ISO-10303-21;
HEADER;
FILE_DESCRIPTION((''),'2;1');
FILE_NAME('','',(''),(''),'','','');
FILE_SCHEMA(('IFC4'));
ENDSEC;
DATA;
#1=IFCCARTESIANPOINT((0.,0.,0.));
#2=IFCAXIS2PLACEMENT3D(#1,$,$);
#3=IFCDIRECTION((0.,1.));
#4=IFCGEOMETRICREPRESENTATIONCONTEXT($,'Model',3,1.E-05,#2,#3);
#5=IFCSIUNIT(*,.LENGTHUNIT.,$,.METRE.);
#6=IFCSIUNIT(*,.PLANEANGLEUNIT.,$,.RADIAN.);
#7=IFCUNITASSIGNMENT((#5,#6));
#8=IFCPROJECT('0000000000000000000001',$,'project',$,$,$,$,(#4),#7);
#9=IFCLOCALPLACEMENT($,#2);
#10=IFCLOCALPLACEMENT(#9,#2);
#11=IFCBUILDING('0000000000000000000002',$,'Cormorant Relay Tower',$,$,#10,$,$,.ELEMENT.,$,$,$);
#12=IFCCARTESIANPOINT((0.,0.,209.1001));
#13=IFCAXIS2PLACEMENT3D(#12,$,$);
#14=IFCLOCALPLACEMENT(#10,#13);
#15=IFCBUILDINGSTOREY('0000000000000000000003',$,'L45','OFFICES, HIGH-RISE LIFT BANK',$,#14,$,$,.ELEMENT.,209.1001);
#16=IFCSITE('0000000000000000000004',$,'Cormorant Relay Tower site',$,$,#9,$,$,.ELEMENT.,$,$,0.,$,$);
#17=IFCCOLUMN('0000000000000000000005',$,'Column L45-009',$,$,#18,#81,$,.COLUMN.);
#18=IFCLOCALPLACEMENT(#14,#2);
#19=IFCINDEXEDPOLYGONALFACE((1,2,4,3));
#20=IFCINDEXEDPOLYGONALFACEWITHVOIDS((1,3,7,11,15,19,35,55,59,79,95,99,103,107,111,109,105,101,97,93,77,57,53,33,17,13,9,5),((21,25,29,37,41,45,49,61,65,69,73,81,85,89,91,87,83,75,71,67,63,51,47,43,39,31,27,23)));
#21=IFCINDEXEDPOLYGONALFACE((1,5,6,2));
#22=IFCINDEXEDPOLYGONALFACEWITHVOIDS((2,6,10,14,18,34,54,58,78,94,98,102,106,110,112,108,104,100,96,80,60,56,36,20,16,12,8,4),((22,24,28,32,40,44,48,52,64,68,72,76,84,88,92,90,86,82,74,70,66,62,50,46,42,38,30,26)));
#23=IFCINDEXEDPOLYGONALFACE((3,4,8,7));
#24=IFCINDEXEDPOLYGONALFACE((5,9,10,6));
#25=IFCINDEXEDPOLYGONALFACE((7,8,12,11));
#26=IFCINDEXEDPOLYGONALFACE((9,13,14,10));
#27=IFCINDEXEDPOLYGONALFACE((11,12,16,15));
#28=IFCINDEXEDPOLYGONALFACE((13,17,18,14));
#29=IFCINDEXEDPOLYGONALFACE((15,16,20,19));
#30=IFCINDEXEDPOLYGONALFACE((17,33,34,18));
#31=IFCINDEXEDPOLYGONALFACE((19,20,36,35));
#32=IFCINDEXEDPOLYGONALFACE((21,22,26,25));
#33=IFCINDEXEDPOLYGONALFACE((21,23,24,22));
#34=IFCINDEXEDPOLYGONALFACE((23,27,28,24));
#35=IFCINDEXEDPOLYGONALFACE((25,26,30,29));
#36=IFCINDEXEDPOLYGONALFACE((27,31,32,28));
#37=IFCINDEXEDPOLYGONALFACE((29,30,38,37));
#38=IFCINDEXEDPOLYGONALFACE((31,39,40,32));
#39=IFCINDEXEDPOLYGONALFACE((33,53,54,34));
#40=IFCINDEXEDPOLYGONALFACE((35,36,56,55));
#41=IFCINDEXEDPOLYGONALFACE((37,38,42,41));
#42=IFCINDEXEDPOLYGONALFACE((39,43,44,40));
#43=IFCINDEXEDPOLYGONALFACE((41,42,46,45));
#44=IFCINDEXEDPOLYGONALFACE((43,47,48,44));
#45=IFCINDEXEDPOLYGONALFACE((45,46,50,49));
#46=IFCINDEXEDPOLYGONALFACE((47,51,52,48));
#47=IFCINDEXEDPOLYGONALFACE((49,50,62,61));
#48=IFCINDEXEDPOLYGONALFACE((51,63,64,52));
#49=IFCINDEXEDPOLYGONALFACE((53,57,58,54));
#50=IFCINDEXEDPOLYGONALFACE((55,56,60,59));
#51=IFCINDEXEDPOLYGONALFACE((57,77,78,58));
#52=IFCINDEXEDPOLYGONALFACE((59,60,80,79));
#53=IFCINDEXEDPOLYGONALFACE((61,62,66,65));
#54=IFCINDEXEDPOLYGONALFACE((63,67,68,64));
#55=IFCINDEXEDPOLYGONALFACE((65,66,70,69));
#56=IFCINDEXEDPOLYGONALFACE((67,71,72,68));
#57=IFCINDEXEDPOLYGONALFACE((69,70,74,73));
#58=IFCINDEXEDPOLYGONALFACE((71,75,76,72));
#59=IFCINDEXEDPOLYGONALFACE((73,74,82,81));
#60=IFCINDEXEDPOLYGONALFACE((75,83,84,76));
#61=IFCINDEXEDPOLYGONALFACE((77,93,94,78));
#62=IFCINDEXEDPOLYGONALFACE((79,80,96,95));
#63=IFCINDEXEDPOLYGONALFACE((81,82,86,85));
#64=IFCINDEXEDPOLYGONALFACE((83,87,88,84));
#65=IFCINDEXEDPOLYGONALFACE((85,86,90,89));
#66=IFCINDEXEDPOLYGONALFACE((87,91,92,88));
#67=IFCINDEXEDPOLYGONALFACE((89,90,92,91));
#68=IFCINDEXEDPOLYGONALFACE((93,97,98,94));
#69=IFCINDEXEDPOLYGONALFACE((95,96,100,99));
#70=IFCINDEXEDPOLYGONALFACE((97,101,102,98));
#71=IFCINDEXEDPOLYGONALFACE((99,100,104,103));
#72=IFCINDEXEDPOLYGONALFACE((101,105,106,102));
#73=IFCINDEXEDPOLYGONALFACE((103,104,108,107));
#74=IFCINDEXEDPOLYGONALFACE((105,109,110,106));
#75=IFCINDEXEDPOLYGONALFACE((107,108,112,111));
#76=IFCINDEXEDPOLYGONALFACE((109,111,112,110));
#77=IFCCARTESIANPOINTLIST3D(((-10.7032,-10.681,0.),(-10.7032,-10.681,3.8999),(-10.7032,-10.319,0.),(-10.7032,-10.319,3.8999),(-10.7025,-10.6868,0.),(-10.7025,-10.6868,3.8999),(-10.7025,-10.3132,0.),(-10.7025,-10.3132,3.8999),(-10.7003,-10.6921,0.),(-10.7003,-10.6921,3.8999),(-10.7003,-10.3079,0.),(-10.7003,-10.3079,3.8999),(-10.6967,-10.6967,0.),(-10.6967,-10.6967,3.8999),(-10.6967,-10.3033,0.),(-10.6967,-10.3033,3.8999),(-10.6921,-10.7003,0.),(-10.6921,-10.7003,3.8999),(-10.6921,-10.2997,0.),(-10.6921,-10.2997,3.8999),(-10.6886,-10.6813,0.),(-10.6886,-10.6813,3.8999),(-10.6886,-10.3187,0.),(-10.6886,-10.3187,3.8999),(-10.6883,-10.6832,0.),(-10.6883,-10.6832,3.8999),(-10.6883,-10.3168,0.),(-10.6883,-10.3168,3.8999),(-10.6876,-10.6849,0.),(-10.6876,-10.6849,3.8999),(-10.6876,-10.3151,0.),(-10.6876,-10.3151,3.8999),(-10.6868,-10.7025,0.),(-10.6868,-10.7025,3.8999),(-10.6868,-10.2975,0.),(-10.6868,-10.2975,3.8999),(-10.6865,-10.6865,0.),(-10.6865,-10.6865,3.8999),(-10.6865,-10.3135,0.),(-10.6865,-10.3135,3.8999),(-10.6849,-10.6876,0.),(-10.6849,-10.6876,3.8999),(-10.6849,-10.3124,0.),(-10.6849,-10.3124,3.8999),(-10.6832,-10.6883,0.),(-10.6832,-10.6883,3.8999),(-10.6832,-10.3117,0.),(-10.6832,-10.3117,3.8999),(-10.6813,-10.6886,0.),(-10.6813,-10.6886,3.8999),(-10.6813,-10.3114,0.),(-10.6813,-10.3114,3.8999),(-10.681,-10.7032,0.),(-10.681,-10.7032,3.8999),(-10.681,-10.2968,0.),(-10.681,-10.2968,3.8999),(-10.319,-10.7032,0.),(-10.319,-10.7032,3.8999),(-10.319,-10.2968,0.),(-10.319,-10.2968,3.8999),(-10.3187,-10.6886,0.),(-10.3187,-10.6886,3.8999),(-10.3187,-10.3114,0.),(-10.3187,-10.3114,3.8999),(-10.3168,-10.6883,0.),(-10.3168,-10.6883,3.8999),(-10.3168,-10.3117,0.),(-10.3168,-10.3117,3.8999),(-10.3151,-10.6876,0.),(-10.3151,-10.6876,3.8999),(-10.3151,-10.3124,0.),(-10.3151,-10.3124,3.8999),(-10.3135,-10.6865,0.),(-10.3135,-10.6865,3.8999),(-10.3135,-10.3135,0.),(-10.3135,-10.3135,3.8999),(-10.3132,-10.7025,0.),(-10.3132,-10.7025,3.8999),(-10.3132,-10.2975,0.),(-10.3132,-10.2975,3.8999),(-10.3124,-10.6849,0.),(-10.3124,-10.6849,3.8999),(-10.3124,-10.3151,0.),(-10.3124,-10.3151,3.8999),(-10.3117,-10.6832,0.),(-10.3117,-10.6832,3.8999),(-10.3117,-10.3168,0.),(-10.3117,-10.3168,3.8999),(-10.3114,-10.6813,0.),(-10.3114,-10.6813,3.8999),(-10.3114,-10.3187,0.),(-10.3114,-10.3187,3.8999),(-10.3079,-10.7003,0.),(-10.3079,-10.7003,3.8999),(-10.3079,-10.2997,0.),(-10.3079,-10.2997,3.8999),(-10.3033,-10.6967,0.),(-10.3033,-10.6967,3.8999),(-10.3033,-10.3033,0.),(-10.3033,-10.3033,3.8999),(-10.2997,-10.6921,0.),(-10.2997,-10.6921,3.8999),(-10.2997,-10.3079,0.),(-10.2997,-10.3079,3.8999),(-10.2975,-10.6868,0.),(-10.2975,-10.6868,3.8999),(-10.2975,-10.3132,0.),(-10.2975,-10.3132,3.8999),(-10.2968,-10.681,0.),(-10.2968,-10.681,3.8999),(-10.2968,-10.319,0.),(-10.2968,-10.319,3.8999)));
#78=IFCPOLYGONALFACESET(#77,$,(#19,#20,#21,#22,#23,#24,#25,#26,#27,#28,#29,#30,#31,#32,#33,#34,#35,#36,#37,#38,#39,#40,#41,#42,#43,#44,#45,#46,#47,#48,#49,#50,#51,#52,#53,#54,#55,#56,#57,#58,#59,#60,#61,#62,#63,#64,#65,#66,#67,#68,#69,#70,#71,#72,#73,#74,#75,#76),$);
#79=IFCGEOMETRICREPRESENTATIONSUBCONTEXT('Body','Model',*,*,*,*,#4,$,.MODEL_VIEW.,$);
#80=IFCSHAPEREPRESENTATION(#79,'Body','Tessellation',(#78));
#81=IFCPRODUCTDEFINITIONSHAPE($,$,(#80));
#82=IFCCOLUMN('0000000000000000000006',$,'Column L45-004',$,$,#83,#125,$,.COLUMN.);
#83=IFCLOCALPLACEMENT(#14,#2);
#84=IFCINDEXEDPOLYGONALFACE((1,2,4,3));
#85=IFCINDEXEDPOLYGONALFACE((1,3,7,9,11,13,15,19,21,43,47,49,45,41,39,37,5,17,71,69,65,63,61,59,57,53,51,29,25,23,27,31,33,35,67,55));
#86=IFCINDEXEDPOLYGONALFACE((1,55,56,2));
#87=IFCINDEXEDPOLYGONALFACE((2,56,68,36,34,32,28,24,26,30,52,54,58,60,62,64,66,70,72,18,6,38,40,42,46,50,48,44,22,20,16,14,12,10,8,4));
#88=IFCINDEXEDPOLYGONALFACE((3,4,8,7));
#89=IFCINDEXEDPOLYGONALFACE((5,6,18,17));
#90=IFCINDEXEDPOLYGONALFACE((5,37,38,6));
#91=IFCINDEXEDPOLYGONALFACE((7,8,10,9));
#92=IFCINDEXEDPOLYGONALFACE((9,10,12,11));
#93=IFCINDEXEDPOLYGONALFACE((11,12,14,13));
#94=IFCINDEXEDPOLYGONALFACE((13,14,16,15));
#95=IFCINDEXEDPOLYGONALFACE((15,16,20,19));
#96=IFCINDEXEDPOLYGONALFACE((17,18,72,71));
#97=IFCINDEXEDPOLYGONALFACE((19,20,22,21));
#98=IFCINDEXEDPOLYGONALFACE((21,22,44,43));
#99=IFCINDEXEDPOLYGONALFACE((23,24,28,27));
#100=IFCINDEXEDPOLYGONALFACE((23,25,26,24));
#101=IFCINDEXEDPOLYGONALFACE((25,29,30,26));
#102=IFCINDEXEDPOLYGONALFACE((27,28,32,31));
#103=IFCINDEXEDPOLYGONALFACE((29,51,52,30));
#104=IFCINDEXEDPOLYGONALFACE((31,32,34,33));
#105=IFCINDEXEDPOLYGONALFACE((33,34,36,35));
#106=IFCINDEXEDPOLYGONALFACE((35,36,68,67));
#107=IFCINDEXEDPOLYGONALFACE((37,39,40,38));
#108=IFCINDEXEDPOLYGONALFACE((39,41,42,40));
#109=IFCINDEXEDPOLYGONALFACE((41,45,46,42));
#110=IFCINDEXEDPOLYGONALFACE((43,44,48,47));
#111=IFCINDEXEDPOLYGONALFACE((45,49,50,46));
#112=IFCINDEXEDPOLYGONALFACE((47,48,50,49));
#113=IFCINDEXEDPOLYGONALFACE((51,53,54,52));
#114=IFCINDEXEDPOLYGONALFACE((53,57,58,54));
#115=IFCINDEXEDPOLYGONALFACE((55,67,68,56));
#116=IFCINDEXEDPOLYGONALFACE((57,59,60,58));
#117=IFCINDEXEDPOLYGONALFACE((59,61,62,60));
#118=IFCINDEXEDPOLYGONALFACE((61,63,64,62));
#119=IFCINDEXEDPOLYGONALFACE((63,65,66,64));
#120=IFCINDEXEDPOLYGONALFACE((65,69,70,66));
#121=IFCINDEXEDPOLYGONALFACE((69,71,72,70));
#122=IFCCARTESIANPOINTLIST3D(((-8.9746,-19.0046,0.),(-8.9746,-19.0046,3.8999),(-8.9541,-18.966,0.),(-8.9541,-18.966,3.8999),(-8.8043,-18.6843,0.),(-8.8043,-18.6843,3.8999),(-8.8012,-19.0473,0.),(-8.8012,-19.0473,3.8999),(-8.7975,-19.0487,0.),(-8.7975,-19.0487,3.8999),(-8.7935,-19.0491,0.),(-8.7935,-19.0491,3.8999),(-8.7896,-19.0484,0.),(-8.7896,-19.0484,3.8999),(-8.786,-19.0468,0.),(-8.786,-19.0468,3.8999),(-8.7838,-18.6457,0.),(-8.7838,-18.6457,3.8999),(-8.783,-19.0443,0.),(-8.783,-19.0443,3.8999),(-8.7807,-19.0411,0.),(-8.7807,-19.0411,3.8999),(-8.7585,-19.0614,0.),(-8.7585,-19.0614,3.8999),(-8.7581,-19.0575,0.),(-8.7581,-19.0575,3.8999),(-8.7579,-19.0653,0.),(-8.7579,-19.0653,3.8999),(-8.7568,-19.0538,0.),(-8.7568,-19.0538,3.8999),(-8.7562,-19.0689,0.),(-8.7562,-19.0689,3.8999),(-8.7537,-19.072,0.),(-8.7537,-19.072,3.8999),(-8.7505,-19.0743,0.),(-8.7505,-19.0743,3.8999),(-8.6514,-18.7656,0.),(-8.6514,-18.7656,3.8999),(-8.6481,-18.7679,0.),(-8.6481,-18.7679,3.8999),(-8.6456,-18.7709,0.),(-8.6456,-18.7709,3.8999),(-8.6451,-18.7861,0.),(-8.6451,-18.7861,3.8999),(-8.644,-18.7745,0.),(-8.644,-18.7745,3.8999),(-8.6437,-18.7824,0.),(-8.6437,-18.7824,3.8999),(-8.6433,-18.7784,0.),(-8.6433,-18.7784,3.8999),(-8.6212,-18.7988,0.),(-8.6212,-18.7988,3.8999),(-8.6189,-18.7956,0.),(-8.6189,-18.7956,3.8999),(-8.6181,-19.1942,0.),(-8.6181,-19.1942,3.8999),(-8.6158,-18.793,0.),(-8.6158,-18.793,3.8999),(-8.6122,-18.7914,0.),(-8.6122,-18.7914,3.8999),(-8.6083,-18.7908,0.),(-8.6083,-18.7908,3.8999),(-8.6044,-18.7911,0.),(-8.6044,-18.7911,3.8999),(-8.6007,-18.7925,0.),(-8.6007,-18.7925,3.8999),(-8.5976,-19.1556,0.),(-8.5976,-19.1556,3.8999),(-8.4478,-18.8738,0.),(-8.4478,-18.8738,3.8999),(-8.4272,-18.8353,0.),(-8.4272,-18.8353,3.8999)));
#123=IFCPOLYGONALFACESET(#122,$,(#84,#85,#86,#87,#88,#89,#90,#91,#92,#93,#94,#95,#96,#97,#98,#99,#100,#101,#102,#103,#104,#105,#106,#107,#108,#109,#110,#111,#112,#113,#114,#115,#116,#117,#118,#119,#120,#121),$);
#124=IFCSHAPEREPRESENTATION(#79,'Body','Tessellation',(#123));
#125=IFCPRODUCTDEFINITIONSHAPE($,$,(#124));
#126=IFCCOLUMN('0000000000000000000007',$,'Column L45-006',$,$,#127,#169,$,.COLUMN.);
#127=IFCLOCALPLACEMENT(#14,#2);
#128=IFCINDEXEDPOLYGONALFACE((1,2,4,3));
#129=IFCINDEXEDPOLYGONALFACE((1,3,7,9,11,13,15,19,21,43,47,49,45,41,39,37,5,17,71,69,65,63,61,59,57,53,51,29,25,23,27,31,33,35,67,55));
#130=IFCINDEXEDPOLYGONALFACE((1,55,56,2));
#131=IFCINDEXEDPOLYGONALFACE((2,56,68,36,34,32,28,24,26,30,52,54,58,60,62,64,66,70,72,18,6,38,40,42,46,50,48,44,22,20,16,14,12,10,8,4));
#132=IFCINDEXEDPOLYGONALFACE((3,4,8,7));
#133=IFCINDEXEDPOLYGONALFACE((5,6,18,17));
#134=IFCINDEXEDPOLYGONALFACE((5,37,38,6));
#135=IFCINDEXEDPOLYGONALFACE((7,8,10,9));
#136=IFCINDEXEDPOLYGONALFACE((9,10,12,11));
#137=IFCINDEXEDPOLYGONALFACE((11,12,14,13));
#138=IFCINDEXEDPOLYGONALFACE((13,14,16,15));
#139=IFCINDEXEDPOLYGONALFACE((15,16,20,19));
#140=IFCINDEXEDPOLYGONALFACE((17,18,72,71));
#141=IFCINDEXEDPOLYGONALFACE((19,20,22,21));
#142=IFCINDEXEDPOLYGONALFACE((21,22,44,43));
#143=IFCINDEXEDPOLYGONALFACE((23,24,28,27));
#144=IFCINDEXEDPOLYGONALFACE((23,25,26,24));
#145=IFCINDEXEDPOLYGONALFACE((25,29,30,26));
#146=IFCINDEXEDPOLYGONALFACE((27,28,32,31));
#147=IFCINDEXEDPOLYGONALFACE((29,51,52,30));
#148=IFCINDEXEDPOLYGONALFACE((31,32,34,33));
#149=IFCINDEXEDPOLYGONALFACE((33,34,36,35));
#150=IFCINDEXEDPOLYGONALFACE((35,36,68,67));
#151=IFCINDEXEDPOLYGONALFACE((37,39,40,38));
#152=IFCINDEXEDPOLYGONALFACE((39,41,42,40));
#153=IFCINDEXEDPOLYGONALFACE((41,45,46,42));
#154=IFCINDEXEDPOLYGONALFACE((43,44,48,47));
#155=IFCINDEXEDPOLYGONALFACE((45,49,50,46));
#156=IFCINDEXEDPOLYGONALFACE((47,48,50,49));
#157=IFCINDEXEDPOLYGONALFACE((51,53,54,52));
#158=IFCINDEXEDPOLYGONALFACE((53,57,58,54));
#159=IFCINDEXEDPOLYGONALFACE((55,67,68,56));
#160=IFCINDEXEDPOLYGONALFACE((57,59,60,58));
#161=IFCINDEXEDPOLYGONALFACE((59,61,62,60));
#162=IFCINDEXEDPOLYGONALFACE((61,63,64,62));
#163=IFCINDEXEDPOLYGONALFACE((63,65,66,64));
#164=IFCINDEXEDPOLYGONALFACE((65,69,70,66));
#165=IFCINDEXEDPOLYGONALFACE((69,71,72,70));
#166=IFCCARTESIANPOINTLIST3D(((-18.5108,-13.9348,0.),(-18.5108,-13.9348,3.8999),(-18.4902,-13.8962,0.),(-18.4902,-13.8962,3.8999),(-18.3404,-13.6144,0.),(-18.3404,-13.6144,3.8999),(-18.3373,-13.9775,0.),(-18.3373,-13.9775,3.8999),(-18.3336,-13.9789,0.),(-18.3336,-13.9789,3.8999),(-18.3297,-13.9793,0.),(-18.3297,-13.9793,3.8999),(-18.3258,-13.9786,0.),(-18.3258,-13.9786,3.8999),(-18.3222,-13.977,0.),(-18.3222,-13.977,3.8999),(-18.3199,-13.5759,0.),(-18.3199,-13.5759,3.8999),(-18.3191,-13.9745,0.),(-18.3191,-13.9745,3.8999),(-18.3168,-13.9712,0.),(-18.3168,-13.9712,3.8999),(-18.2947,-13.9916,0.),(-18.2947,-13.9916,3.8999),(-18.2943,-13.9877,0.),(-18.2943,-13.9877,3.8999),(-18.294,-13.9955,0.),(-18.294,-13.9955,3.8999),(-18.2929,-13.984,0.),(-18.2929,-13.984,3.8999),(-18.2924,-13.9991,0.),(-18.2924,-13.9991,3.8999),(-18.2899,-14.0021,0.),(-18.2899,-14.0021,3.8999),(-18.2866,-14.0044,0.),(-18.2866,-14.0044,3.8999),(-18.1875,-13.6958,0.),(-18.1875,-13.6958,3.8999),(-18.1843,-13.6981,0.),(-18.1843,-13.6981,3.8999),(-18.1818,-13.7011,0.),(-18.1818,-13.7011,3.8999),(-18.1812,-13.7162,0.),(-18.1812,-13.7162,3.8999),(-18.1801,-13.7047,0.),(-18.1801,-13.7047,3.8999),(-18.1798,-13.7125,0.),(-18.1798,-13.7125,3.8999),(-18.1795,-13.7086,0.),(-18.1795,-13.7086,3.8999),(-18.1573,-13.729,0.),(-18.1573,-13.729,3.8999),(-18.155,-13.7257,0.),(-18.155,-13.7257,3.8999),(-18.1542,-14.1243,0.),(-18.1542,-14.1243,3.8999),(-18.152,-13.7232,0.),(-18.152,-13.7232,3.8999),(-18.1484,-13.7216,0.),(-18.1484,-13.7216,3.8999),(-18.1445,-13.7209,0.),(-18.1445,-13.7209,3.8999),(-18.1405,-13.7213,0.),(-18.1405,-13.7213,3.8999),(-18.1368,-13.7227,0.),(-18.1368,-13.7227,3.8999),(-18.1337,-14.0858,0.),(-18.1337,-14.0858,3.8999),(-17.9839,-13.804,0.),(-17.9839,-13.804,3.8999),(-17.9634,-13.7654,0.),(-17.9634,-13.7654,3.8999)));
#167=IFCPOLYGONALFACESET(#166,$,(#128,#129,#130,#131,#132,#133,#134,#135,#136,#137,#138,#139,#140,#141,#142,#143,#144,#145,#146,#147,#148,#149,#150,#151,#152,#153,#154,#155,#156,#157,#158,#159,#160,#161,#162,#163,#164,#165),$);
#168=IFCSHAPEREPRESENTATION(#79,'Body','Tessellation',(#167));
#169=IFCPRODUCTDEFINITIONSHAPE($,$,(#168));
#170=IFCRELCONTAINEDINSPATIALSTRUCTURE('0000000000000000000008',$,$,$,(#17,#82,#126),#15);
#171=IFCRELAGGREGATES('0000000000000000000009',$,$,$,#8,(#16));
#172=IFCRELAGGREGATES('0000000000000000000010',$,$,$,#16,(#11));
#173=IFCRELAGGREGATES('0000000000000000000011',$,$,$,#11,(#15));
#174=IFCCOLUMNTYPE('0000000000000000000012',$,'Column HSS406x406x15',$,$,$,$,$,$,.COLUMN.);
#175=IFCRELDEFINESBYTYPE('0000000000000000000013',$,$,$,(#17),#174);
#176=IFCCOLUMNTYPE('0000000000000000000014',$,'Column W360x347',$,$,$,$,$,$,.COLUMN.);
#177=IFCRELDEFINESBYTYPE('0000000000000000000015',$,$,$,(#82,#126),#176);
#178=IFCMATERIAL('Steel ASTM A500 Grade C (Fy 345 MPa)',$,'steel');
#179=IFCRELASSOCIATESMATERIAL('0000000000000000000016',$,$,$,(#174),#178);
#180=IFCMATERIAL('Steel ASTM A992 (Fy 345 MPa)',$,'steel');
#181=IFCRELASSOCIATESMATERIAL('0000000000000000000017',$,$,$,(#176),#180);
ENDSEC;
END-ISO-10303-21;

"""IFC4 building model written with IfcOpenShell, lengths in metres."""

from ifc_helpers import new_model, si_unit, direction, frame, origin, origin_2d, place, context, subcontext, project, spatial, hollow_rectangle, i_section, extrude, material, material_profile, profile_set, type_object, element, save


model = new_model("IFC4")

# Units and contexts
model_context = context("Model", 3, precision=1e-05, world=origin(), true_north=direction((0.0, 1.0)))
body_context = subcontext(model_context, "Body", "Model", "MODEL_VIEW")
ifc_project = project(units=[si_unit("LENGTHUNIT", "METRE"), si_unit("PLANEANGLEUNIT", "RADIAN")], contexts=[model_context])

# Site, building, storey
site_placement = place(None, origin())
site = spatial("IfcSite", under=ifc_project, at=site_placement, Name="Cormorant Relay Tower site", CompositionType="ELEMENT", RefElevation=0.0)
building_placement = place(site_placement, origin())
building = spatial("IfcBuilding", under=site, at=building_placement, Name="Cormorant Relay Tower", CompositionType="ELEMENT")
storey_placement = place(building_placement, frame((0.0, 0.0, 209.1001)))
storey = spatial("IfcBuildingStorey", under=building, at=storey_placement, Name="L45", Description="OFFICES, HIGH-RISE LIFT BANK", CompositionType="ELEMENT", Elevation=209.1001)

# Columns
ifc_material_1 = material(Name="Steel ASTM A500 Grade C (Fy 345 MPa)", Category="steel")
ifc_material_profile_1 = material_profile(ifc_material_1, hollow_rectangle(XDim=0.4065, YDim=0.4065, WallThickness=0.0146, InnerFilletRadius=0.0073, OuterFilletRadius=0.0222, at=origin_2d()), Name="HSS406x406x15")
ifc_profile_set_1 = profile_set([ifc_material_profile_1], Name="Steel ASTM A500 Grade C (Fy 345 MPa)")
column_type_1 = type_object("IfcColumnType", Name="Column HSS406x406x15", PredefinedType="COLUMN", material=ifc_profile_set_1)
column_placement = place(storey_placement, frame((-10.5, -10.5, 0.0), z_axis=(0.0, 0.0, 1.0), x_axis=(1.0, 0.0, 0.0)))
element("IfcColumn", 1, at=column_placement, inside=storey, type_object=column_type_1, Name="Column L45-009", PredefinedType="COLUMN", context=body_context, shape_type="SweptSolid", body=[
    extrude(hollow_rectangle(XDim=0.4065, YDim=0.4065, WallThickness=0.0146, InnerFilletRadius=0.0073, OuterFilletRadius=0.0222, at=origin_2d()), origin(), (0.0, 0.0, 1.0), 3.8999),
])
ifc_material_2 = material(Name="Steel ASTM A992 (Fy 345 MPa)", Category="steel")
ifc_material_profile_2 = material_profile(ifc_material_2, i_section(OverallWidth=0.4038, OverallDepth=0.4065, WebThickness=0.0271, FlangeThickness=0.0437, FilletRadius=0.0151, at=origin_2d()), Name="W360x347")
ifc_profile_set_2 = profile_set([ifc_material_profile_2], Name="Steel ASTM A992 (Fy 345 MPa)")
column_type_2 = type_object("IfcColumnType", Name="Column W360x347", PredefinedType="COLUMN", material=ifc_profile_set_2)
for number, where, z_axis, x_axis, name in (
    (2, (-8.7009, -18.9199, 0.0), (0.0, 0.0, 1.0), (0.882948, -0.469472, 0.0), "Column L45-004"),
    (3, (-18.2371, -13.8501, 0.0), (0.0, 0.0, 1.0), (0.882948, -0.469472, 0.0), "Column L45-006"),
):
    element("IfcColumn", number, at=place(storey_placement, frame(where, z_axis=z_axis, x_axis=x_axis)), inside=storey, type_object=column_type_2, Name=name, PredefinedType="COLUMN", context=body_context, shape_type="SweptSolid", body=[
        extrude(i_section(OverallWidth=0.4038, OverallDepth=0.4065, WebThickness=0.0271, FlangeThickness=0.0437, FilletRadius=0.0151, at=origin_2d()), origin(), (0.0, 0.0, 1.0), 3.8999),
    ])

save(model, "model.ifc")
